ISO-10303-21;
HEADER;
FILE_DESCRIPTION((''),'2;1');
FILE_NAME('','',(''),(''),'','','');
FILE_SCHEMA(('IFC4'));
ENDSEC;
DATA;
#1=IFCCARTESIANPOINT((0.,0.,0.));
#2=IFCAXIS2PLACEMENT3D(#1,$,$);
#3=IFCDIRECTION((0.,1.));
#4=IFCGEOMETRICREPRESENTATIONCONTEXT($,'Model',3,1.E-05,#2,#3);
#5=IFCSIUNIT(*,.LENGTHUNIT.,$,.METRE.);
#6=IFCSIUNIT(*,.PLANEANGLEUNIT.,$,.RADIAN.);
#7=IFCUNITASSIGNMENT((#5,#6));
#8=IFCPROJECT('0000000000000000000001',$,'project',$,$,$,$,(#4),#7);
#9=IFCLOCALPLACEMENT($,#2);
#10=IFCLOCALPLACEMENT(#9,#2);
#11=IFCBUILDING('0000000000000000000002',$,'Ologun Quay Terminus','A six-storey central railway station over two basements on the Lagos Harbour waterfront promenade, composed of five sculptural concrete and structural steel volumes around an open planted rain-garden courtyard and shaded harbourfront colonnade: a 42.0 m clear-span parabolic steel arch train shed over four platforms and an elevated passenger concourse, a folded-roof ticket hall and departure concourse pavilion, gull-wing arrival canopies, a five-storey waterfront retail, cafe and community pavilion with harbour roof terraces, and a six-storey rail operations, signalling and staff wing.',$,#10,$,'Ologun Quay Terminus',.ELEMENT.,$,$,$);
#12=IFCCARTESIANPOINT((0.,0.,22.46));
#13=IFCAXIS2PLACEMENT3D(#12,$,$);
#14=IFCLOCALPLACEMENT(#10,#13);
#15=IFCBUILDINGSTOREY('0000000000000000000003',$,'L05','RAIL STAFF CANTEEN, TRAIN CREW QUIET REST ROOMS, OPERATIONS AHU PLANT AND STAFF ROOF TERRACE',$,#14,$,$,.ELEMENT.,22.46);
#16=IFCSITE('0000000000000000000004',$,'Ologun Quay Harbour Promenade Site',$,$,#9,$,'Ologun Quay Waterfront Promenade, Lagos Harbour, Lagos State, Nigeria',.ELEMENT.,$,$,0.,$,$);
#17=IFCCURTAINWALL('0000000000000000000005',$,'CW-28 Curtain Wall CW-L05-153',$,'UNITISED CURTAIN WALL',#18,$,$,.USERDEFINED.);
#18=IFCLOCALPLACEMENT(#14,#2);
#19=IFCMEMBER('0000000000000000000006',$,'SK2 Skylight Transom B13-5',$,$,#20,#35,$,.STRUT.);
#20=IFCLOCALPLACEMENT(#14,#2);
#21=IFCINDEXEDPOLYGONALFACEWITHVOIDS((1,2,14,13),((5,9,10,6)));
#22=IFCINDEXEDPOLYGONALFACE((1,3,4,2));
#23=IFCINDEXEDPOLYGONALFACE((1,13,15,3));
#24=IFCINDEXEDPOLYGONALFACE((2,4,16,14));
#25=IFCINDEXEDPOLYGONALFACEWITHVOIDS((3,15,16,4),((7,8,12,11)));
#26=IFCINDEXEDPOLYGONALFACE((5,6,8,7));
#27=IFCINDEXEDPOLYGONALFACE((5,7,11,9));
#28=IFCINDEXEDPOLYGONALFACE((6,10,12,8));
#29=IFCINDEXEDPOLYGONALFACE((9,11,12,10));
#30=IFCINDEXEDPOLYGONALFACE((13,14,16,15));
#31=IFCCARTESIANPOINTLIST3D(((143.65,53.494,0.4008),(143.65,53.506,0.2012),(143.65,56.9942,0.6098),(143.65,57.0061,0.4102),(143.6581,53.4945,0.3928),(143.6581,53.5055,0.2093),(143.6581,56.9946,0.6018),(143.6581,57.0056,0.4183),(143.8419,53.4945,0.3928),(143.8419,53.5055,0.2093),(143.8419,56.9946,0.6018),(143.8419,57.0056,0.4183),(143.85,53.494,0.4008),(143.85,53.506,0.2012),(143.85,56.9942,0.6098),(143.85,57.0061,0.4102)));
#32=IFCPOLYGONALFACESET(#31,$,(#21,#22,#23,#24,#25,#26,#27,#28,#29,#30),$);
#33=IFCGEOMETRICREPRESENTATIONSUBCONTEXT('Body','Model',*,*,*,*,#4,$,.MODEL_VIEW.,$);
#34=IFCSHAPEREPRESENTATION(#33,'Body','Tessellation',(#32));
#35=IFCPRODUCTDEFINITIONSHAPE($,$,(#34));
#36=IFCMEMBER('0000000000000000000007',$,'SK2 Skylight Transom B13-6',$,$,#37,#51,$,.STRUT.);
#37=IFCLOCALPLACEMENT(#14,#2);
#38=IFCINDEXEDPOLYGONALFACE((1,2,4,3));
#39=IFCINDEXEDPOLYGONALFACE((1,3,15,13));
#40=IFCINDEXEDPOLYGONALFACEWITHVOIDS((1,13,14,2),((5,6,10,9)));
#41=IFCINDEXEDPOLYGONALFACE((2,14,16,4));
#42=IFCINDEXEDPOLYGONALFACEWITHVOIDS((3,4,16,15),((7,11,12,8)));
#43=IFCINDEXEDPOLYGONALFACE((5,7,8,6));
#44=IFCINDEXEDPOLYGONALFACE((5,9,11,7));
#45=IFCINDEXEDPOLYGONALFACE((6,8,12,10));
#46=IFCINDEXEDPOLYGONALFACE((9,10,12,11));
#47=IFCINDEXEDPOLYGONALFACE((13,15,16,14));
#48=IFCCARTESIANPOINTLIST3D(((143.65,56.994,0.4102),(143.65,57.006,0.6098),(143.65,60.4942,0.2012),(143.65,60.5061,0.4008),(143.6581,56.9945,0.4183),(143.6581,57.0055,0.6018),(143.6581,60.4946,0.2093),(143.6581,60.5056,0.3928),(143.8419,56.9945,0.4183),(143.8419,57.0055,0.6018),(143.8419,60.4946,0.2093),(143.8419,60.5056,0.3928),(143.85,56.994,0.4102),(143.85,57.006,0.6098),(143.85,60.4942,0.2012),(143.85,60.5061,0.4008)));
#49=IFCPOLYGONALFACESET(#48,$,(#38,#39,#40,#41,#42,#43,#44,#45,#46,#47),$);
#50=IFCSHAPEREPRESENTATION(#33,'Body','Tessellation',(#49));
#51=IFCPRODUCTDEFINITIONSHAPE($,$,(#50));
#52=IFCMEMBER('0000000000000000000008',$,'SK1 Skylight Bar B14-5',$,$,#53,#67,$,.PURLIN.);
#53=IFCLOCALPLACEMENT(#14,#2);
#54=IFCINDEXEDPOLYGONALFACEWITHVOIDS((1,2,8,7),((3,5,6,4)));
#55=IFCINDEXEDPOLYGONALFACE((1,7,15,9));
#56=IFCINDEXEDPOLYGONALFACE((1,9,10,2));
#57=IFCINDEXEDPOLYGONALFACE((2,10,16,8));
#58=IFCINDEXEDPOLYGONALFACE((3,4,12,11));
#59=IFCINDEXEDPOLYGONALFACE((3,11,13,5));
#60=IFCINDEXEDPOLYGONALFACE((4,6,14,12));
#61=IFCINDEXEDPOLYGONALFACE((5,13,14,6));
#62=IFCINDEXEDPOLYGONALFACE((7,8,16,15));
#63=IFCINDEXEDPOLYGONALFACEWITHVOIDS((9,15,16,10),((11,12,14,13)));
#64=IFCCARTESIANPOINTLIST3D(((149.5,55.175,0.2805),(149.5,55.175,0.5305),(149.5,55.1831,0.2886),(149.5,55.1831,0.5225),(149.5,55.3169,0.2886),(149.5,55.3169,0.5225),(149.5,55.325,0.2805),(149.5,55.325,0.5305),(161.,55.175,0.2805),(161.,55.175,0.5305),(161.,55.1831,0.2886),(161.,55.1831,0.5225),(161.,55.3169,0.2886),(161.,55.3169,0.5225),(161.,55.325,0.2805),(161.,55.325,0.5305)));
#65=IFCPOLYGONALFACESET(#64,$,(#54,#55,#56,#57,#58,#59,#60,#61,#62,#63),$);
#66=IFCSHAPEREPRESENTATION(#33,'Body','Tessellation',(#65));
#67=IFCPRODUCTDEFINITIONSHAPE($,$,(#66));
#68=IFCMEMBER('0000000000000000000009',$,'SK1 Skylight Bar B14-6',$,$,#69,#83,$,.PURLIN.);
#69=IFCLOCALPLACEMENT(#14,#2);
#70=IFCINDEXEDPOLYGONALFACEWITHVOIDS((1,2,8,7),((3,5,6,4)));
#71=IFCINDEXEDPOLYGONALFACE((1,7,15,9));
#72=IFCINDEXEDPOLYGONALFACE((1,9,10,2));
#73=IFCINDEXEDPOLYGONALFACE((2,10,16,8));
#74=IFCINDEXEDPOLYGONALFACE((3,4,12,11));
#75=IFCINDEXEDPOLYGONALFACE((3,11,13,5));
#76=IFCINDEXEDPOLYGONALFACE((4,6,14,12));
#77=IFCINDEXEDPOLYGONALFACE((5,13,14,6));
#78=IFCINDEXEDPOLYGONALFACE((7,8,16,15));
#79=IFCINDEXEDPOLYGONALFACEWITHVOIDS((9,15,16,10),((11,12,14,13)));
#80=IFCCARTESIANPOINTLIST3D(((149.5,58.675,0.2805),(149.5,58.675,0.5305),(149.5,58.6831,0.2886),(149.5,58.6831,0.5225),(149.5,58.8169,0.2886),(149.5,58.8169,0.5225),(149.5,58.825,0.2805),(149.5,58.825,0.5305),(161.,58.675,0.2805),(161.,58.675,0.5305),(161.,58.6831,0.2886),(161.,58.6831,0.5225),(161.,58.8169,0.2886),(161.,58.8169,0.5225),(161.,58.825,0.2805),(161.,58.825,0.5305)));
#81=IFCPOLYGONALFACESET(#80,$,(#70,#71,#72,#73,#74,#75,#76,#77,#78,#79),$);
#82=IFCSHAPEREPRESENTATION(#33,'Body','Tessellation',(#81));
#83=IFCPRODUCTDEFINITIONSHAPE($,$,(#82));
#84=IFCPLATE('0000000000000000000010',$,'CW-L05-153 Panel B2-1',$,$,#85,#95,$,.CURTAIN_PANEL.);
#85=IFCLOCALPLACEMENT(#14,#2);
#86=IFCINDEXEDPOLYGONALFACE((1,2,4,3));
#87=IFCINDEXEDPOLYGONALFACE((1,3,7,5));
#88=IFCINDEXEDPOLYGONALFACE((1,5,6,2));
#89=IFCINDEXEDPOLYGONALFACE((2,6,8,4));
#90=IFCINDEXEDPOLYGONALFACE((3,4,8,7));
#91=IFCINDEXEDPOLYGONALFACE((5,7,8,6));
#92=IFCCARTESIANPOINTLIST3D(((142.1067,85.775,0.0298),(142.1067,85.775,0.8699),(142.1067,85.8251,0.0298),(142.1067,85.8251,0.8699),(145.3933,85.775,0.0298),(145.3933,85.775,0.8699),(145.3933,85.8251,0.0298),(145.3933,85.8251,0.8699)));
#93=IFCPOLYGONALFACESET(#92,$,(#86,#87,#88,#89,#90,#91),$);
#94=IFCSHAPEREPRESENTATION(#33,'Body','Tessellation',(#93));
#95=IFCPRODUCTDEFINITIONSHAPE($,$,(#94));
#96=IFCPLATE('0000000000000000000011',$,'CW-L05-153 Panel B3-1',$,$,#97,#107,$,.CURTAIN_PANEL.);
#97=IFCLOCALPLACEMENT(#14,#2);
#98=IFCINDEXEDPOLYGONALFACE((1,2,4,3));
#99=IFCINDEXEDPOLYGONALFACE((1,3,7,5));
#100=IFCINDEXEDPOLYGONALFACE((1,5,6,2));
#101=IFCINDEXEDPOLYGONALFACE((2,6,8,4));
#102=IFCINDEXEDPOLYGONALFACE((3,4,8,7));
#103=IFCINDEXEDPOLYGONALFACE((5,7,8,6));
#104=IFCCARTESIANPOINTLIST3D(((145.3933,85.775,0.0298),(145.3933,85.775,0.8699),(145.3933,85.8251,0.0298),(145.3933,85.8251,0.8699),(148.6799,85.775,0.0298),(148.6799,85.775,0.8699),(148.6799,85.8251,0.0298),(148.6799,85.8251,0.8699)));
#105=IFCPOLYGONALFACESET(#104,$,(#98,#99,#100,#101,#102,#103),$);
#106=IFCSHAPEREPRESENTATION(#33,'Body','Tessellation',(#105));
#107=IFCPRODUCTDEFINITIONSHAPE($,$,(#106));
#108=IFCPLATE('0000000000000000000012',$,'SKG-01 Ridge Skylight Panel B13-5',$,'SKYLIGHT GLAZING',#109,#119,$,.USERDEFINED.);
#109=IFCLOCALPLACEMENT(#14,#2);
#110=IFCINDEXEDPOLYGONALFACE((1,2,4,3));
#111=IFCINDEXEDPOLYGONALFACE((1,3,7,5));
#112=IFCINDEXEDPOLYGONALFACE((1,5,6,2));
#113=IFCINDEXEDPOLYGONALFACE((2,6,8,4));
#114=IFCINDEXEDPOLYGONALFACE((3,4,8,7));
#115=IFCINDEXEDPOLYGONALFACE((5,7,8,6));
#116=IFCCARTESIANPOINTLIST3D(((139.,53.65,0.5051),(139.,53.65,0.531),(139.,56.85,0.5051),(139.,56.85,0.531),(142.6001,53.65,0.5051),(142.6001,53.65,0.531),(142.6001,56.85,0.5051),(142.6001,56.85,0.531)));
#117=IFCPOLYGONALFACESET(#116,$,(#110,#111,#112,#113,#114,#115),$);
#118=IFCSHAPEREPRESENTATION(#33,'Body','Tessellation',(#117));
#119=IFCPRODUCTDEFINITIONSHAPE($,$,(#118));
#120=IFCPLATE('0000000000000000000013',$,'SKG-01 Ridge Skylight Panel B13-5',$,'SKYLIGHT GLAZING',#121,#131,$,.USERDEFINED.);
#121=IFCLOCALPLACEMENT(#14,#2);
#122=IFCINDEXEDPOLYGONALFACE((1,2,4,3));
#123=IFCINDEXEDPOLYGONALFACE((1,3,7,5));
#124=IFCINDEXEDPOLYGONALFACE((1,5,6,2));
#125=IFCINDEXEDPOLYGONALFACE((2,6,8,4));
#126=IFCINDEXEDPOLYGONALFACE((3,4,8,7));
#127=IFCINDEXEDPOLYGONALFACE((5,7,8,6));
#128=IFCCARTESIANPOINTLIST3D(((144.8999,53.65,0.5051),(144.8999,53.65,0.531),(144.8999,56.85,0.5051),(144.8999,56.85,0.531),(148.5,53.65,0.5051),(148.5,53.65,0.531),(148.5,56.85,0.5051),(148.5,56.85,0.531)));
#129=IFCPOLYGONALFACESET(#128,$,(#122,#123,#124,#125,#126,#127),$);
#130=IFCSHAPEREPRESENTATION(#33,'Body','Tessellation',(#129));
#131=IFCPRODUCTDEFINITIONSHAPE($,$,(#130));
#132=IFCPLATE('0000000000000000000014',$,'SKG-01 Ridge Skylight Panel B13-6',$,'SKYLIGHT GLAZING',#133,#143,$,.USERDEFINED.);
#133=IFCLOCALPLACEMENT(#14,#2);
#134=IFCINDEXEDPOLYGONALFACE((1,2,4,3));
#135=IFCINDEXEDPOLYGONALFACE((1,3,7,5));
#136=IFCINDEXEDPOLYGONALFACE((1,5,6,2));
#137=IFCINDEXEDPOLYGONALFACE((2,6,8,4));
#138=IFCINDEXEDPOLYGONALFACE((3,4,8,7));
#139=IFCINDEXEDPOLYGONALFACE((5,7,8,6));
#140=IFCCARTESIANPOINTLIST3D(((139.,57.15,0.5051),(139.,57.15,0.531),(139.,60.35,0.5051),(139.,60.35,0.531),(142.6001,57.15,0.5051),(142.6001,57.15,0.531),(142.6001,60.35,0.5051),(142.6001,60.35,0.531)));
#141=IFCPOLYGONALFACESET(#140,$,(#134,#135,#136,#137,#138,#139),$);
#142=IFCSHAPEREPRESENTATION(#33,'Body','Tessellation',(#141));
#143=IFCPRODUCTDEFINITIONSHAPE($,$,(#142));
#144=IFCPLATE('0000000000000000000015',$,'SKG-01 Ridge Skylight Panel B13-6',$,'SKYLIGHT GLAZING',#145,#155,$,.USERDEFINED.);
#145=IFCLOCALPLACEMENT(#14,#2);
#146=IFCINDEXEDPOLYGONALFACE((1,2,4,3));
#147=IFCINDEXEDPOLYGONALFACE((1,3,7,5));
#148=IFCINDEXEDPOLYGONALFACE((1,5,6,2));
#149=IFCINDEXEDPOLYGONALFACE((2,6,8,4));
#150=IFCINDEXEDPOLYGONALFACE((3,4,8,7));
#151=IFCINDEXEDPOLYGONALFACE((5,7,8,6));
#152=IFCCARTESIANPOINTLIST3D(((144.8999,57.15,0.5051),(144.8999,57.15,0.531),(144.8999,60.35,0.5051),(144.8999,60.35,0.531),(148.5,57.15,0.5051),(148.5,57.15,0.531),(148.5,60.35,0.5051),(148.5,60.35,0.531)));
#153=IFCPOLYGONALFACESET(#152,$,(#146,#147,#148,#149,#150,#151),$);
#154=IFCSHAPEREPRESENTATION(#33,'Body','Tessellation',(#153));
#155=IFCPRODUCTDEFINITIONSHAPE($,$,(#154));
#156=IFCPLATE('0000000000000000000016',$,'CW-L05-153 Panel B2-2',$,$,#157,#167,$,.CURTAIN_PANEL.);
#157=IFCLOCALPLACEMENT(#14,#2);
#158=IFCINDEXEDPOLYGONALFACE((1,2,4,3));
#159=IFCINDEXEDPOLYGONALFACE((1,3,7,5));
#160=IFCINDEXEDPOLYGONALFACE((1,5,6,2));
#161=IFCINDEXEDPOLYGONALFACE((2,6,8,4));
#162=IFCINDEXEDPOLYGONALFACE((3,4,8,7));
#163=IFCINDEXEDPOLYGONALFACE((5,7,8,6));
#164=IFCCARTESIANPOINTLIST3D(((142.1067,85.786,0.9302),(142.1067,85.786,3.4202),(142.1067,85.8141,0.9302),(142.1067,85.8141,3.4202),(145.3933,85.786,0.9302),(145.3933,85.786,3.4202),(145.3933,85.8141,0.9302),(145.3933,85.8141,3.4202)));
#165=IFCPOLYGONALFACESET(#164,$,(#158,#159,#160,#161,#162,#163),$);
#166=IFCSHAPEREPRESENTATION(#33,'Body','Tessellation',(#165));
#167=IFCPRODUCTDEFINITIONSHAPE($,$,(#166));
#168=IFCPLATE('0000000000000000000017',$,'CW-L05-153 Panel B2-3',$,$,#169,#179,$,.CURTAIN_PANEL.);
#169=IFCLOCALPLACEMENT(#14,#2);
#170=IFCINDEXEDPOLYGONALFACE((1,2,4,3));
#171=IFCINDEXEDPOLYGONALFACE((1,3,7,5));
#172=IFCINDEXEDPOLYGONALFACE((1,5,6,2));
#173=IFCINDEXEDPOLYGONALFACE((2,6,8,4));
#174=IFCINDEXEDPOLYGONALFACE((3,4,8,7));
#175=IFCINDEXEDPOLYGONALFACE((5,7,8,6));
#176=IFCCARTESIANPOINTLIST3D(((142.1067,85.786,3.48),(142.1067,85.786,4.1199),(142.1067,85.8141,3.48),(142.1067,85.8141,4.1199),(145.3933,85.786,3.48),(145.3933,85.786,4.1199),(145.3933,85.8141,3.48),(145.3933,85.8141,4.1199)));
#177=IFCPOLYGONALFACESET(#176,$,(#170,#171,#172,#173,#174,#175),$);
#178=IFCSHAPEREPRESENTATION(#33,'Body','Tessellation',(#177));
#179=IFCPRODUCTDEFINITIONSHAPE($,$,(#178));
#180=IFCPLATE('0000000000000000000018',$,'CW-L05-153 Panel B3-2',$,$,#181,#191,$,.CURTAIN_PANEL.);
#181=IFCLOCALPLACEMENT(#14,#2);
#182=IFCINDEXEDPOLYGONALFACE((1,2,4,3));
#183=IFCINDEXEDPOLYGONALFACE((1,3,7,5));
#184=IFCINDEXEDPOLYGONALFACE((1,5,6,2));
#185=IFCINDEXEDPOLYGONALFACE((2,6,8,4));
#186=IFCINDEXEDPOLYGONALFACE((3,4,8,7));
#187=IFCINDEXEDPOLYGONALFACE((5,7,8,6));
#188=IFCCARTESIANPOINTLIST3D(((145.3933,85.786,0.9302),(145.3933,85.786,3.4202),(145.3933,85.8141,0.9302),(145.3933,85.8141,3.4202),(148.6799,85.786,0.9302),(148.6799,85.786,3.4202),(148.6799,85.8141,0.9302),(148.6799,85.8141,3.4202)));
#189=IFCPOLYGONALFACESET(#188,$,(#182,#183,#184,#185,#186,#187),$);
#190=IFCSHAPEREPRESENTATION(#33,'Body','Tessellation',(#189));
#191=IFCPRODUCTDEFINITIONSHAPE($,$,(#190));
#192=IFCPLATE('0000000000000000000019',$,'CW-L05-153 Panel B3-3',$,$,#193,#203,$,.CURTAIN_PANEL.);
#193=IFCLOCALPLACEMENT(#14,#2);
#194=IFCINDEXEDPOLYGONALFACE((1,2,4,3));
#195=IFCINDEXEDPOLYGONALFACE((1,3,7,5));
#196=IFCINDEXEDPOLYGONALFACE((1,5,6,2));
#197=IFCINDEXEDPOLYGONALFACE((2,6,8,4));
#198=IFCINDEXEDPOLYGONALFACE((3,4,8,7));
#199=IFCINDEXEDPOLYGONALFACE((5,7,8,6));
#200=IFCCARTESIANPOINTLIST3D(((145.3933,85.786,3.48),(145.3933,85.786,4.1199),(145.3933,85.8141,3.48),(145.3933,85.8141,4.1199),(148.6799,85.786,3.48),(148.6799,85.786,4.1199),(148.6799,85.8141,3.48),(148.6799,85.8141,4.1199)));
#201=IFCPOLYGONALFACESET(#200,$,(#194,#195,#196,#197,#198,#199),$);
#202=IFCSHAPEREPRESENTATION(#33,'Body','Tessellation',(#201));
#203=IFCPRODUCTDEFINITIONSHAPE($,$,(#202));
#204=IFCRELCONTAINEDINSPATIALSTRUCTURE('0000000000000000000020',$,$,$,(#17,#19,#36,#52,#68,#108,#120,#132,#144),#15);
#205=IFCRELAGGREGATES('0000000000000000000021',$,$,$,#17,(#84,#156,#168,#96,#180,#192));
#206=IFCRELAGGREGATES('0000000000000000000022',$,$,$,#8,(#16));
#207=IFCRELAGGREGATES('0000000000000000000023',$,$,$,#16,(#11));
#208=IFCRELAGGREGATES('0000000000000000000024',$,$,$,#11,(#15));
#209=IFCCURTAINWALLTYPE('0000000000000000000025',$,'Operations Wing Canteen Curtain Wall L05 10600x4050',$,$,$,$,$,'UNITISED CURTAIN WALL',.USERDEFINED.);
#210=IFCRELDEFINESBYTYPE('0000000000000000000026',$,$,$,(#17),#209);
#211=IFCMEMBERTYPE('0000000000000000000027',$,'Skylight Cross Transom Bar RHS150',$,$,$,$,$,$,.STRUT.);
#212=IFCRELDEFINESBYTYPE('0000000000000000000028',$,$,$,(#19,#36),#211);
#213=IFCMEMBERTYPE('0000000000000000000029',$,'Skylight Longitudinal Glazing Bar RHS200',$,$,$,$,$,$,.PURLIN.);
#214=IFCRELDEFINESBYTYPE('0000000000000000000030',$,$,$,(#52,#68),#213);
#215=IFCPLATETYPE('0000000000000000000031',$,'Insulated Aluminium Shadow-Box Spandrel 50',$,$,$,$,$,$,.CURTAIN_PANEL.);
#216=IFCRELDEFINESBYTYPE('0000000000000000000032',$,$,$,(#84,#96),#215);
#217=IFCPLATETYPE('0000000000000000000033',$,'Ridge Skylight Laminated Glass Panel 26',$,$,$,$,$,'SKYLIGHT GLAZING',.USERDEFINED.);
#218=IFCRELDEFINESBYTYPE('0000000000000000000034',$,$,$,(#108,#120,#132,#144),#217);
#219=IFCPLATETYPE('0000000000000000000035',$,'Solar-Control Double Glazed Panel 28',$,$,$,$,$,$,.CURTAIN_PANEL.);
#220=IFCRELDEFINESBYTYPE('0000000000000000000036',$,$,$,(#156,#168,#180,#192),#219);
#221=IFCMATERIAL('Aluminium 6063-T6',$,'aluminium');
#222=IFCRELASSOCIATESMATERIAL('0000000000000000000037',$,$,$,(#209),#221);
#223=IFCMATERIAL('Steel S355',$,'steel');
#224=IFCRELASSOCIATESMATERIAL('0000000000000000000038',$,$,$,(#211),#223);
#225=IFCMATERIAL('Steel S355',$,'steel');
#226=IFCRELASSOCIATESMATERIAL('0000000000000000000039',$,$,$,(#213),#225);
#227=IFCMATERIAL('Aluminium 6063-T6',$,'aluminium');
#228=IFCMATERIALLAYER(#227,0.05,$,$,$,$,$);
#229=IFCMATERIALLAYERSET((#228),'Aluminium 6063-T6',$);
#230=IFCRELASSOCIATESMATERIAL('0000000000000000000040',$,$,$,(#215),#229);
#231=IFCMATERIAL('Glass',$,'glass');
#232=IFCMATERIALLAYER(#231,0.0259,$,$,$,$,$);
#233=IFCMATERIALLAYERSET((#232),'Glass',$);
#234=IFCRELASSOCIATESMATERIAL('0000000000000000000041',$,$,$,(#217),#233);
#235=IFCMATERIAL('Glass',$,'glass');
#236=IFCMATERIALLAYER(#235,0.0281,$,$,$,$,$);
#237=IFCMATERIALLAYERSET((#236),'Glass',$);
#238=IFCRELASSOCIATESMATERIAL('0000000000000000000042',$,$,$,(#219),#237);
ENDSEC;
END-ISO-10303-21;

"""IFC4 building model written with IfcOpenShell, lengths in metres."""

from ifc_helpers import new_model, si_unit, direction, frame, origin, origin_2d, place, context, subcontext, project, spatial, rectangle, hollow_rectangle, extrude, material, layer, layer_set, material_profile, profile_set, type_object, element, aggregate, save


model = new_model("IFC4")

# Units and contexts
model_context = context("Model", 3, precision=1e-05, world=origin(), true_north=direction((0.0, 1.0)))
body_context = subcontext(model_context, "Body", "Model", "MODEL_VIEW")
ifc_project = project(units=[si_unit("LENGTHUNIT", "METRE"), si_unit("PLANEANGLEUNIT", "RADIAN")], contexts=[model_context])

# Site, building, storey
site_placement = place(None, origin())
site = spatial("IfcSite", under=ifc_project, at=site_placement, Name="Ologun Quay Harbour Promenade Site", LongName="Ologun Quay Waterfront Promenade, Lagos Harbour, Lagos State, Nigeria", CompositionType="ELEMENT", RefElevation=0.0)
building_placement = place(site_placement, origin())
building = spatial("IfcBuilding", under=site, at=building_placement, Name="Ologun Quay Terminus", Description="A six-storey central railway station over two basements on the Lagos Harbour waterfront promenade, composed of five sculptural concrete and structural steel volumes around an open planted rain-garden courtyard and shaded harbourfront colonnade: a 42.0 m clear-span parabolic steel arch train shed over four platforms and an elevated passenger concourse, a folded-roof ticket hall and departure concourse pavilion, gull-wing arrival canopies, a five-storey waterfront retail, cafe and community pavilion with harbour roof terraces, and a six-storey rail operations, signalling and staff wing.", LongName="Ologun Quay Terminus", CompositionType="ELEMENT")
storey_placement = place(building_placement, frame((0.0, 0.0, 22.46)))
storey = spatial("IfcBuildingStorey", under=building, at=storey_placement, Name="L05", Description="RAIL STAFF CANTEEN, TRAIN CREW QUIET REST ROOMS, OPERATIONS AHU PLANT AND STAFF ROOF TERRACE", CompositionType="ELEMENT", Elevation=22.46)

# Curtain wall
ifc_material_1 = material(Name="Aluminium 6063-T6", Category="aluminium")
curtain_wall_type = type_object("IfcCurtainWallType", Name="Operations Wing Canteen Curtain Wall L05 10600x4050", ElementType="UNITISED CURTAIN WALL", PredefinedType="USERDEFINED", material=ifc_material_1)
curtain_wall_placement = place(storey_placement, origin())
curtain_wall = element("IfcCurtainWall", 1, at=curtain_wall_placement, inside=storey, type_object=curtain_wall_type, Name="CW-28 Curtain Wall CW-L05-153", ObjectType="UNITISED CURTAIN WALL", PredefinedType="USERDEFINED")

# Members
ifc_material_2 = material(Name="Steel S355", Category="steel")
ifc_material_profile_1 = material_profile(ifc_material_2, hollow_rectangle(XDim=0.2, YDim=0.2, WallThickness=0.0081, at=origin_2d()), Name="SHS 200x200x8")
ifc_profile_set_1 = profile_set([ifc_material_profile_1], Name="Steel S355")
member_type_1 = type_object("IfcMemberType", Name="Skylight Cross Transom Bar RHS150", PredefinedType="STRUT", material=ifc_profile_set_1)
for number, where, z_axis, x_axis, name in (
    (2, (143.75, 53.5, 0.301), (0.0, 0.998222, 0.059604), (-1.0, 0.0, 0.0), "SK2 Skylight Transom B13-5"),
    (3, (143.75, 57.0, 0.51), (0.0, 0.998222, -0.059604), (-1.0, 0.0, 0.0), "SK2 Skylight Transom B13-6"),
):
    element("IfcMember", number, at=place(storey_placement, frame(where, z_axis=z_axis, x_axis=x_axis)), inside=storey, type_object=member_type_1, Name=name, PredefinedType="STRUT", context=body_context, shape_type="SweptSolid", body=[
        extrude(hollow_rectangle(XDim=0.2, YDim=0.2, WallThickness=0.0081, at=origin_2d()), origin(), (0.0, 0.0, 1.0), 3.5063),
    ])
ifc_material_3 = material(Name="Steel S355", Category="steel")
ifc_material_profile_2 = material_profile(ifc_material_3, hollow_rectangle(XDim=0.1499, YDim=0.25, WallThickness=0.0081, at=origin_2d()), Name="RHS 250x150x8")
ifc_profile_set_2 = profile_set([ifc_material_profile_2], Name="Steel S355")
member_type_2 = type_object("IfcMemberType", Name="Skylight Longitudinal Glazing Bar RHS200", PredefinedType="PURLIN", material=ifc_profile_set_2)
for number, where, z_axis, x_axis, name in (
    (4, (149.5, 55.25, 0.4055), (1.0, 0.0, 0.0), (0.0, 1.0, 0.0), "SK1 Skylight Bar B14-5"),
    (5, (149.5, 58.75, 0.4055), (1.0, 0.0, 0.0), (0.0, 1.0, 0.0), "SK1 Skylight Bar B14-6"),
):
    element("IfcMember", number, at=place(storey_placement, frame(where, z_axis=z_axis, x_axis=x_axis)), inside=storey, type_object=member_type_2, Name=name, PredefinedType="PURLIN", context=body_context, shape_type="SweptSolid", body=[
        extrude(hollow_rectangle(XDim=0.1499, YDim=0.25, WallThickness=0.0081, at=origin_2d()), origin(), (0.0, 0.0, 1.0), 11.5),
    ])

# Plates
ifc_material_4 = material(Name="Aluminium 6063-T6", Category="aluminium")
ifc_layer_1 = layer(ifc_material_4, 0.05)
ifc_layer_set_1 = layer_set([ifc_layer_1], Name="Aluminium 6063-T6")
plate_type_1 = type_object("IfcPlateType", Name="Insulated Aluminium Shadow-Box Spandrel 50", PredefinedType="CURTAIN_PANEL", material=ifc_layer_set_1)
plate_1_placement = place(storey_placement, frame((143.75, 85.8, 0.0298), z_axis=(0.0, 0.0, 1.0), x_axis=(1.0, 0.0, 0.0)))
plate_1 = element("IfcPlate", 6, at=plate_1_placement, type_object=plate_type_1, Name="CW-L05-153 Panel B2-1", PredefinedType="CURTAIN_PANEL", context=body_context, shape_type="SweptSolid", body=[
    extrude(rectangle(XDim=3.2866, YDim=0.05, at=origin_2d()), origin(), (0.0, 0.0, 1.0), 0.8401),
])
plate_2_placement = place(storey_placement, frame((147.0366, 85.8, 0.0298), z_axis=(0.0, 0.0, 1.0), x_axis=(1.0, 0.0, 0.0)))
plate_2 = element("IfcPlate", 7, at=plate_2_placement, type_object=plate_type_1, Name="CW-L05-153 Panel B3-1", PredefinedType="CURTAIN_PANEL", context=body_context, shape_type="SweptSolid", body=[
    extrude(rectangle(XDim=3.2866, YDim=0.05, at=origin_2d()), origin(), (0.0, 0.0, 1.0), 0.8401),
])

# Plates
ifc_material_5 = material(Name="Glass", Category="glass")
ifc_layer_2 = layer(ifc_material_5, 0.0259)
ifc_layer_set_2 = layer_set([ifc_layer_2], Name="Glass")
plate_type_2 = type_object("IfcPlateType", Name="Ridge Skylight Laminated Glass Panel 26", ElementType="SKYLIGHT GLAZING", PredefinedType="USERDEFINED", material=ifc_layer_set_2)
for number, where, z_axis, x_axis, name in (
    (8, (140.8, 55.25, 0.5051), (0.0, 0.0, 1.0), (1.0, 0.0, 0.0), "SKG-01 Ridge Skylight Panel B13-5"),
    (9, (146.7, 55.25, 0.5051), (0.0, 0.0, 1.0), (1.0, 0.0, 0.0), "SKG-01 Ridge Skylight Panel B13-5"),
    (10, (140.8, 58.75, 0.5051), (0.0, 0.0, 1.0), (1.0, 0.0, 0.0), "SKG-01 Ridge Skylight Panel B13-6"),
    (11, (146.7, 58.75, 0.5051), (0.0, 0.0, 1.0), (1.0, 0.0, 0.0), "SKG-01 Ridge Skylight Panel B13-6"),
):
    element("IfcPlate", number, at=place(storey_placement, frame(where, z_axis=z_axis, x_axis=x_axis)), inside=storey, type_object=plate_type_2, Name=name, ObjectType="SKYLIGHT GLAZING", PredefinedType="USERDEFINED", context=body_context, shape_type="SweptSolid", body=[
        extrude(rectangle(XDim=3.6001, YDim=3.2, at=origin_2d()), origin(), (0.0, 0.0, 1.0), 0.0259),
    ])

# Plates
ifc_material_6 = material(Name="Glass", Category="glass")
ifc_layer_3 = layer(ifc_material_6, 0.0281)
ifc_layer_set_3 = layer_set([ifc_layer_3], Name="Glass")
plate_type_3 = type_object("IfcPlateType", Name="Solar-Control Double Glazed Panel 28", PredefinedType="CURTAIN_PANEL", material=ifc_layer_set_3)
plate_3_placement = place(storey_placement, frame((143.75, 85.8, 0.9302), z_axis=(0.0, 0.0, 1.0), x_axis=(1.0, 0.0, 0.0)))
plate_3 = element("IfcPlate", 12, at=plate_3_placement, type_object=plate_type_3, Name="CW-L05-153 Panel B2-2", PredefinedType="CURTAIN_PANEL", context=body_context, shape_type="SweptSolid", body=[
    extrude(rectangle(XDim=3.2866, YDim=0.0281, at=origin_2d()), origin(), (0.0, 0.0, 1.0), 2.49),
])
plate_4_placement = place(storey_placement, frame((143.75, 85.8, 3.48), z_axis=(0.0, 0.0, 1.0), x_axis=(1.0, 0.0, 0.0)))
plate_4 = element("IfcPlate", 13, at=plate_4_placement, type_object=plate_type_3, Name="CW-L05-153 Panel B2-3", PredefinedType="CURTAIN_PANEL", context=body_context, shape_type="SweptSolid", body=[
    extrude(rectangle(XDim=3.2866, YDim=0.0281, at=origin_2d()), origin(), (0.0, 0.0, 1.0), 0.6399),
])
plate_5_placement = place(storey_placement, frame((147.0366, 85.8, 0.9302), z_axis=(0.0, 0.0, 1.0), x_axis=(1.0, 0.0, 0.0)))
plate_5 = element("IfcPlate", 14, at=plate_5_placement, type_object=plate_type_3, Name="CW-L05-153 Panel B3-2", PredefinedType="CURTAIN_PANEL", context=body_context, shape_type="SweptSolid", body=[
    extrude(rectangle(XDim=3.2866, YDim=0.0281, at=origin_2d()), origin(), (0.0, 0.0, 1.0), 2.49),
])
plate_6_placement = place(storey_placement, frame((147.0366, 85.8, 3.48), z_axis=(0.0, 0.0, 1.0), x_axis=(1.0, 0.0, 0.0)))
plate_6 = element("IfcPlate", 15, at=plate_6_placement, type_object=plate_type_3, Name="CW-L05-153 Panel B3-3", PredefinedType="CURTAIN_PANEL", context=body_context, shape_type="SweptSolid", body=[
    extrude(rectangle(XDim=3.2866, YDim=0.0281, at=origin_2d()), origin(), (0.0, 0.0, 1.0), 0.6399),
])
aggregate(curtain_wall, [plate_1, plate_3, plate_4, plate_2, plate_5, plate_6])

save(model, "model.ifc")
